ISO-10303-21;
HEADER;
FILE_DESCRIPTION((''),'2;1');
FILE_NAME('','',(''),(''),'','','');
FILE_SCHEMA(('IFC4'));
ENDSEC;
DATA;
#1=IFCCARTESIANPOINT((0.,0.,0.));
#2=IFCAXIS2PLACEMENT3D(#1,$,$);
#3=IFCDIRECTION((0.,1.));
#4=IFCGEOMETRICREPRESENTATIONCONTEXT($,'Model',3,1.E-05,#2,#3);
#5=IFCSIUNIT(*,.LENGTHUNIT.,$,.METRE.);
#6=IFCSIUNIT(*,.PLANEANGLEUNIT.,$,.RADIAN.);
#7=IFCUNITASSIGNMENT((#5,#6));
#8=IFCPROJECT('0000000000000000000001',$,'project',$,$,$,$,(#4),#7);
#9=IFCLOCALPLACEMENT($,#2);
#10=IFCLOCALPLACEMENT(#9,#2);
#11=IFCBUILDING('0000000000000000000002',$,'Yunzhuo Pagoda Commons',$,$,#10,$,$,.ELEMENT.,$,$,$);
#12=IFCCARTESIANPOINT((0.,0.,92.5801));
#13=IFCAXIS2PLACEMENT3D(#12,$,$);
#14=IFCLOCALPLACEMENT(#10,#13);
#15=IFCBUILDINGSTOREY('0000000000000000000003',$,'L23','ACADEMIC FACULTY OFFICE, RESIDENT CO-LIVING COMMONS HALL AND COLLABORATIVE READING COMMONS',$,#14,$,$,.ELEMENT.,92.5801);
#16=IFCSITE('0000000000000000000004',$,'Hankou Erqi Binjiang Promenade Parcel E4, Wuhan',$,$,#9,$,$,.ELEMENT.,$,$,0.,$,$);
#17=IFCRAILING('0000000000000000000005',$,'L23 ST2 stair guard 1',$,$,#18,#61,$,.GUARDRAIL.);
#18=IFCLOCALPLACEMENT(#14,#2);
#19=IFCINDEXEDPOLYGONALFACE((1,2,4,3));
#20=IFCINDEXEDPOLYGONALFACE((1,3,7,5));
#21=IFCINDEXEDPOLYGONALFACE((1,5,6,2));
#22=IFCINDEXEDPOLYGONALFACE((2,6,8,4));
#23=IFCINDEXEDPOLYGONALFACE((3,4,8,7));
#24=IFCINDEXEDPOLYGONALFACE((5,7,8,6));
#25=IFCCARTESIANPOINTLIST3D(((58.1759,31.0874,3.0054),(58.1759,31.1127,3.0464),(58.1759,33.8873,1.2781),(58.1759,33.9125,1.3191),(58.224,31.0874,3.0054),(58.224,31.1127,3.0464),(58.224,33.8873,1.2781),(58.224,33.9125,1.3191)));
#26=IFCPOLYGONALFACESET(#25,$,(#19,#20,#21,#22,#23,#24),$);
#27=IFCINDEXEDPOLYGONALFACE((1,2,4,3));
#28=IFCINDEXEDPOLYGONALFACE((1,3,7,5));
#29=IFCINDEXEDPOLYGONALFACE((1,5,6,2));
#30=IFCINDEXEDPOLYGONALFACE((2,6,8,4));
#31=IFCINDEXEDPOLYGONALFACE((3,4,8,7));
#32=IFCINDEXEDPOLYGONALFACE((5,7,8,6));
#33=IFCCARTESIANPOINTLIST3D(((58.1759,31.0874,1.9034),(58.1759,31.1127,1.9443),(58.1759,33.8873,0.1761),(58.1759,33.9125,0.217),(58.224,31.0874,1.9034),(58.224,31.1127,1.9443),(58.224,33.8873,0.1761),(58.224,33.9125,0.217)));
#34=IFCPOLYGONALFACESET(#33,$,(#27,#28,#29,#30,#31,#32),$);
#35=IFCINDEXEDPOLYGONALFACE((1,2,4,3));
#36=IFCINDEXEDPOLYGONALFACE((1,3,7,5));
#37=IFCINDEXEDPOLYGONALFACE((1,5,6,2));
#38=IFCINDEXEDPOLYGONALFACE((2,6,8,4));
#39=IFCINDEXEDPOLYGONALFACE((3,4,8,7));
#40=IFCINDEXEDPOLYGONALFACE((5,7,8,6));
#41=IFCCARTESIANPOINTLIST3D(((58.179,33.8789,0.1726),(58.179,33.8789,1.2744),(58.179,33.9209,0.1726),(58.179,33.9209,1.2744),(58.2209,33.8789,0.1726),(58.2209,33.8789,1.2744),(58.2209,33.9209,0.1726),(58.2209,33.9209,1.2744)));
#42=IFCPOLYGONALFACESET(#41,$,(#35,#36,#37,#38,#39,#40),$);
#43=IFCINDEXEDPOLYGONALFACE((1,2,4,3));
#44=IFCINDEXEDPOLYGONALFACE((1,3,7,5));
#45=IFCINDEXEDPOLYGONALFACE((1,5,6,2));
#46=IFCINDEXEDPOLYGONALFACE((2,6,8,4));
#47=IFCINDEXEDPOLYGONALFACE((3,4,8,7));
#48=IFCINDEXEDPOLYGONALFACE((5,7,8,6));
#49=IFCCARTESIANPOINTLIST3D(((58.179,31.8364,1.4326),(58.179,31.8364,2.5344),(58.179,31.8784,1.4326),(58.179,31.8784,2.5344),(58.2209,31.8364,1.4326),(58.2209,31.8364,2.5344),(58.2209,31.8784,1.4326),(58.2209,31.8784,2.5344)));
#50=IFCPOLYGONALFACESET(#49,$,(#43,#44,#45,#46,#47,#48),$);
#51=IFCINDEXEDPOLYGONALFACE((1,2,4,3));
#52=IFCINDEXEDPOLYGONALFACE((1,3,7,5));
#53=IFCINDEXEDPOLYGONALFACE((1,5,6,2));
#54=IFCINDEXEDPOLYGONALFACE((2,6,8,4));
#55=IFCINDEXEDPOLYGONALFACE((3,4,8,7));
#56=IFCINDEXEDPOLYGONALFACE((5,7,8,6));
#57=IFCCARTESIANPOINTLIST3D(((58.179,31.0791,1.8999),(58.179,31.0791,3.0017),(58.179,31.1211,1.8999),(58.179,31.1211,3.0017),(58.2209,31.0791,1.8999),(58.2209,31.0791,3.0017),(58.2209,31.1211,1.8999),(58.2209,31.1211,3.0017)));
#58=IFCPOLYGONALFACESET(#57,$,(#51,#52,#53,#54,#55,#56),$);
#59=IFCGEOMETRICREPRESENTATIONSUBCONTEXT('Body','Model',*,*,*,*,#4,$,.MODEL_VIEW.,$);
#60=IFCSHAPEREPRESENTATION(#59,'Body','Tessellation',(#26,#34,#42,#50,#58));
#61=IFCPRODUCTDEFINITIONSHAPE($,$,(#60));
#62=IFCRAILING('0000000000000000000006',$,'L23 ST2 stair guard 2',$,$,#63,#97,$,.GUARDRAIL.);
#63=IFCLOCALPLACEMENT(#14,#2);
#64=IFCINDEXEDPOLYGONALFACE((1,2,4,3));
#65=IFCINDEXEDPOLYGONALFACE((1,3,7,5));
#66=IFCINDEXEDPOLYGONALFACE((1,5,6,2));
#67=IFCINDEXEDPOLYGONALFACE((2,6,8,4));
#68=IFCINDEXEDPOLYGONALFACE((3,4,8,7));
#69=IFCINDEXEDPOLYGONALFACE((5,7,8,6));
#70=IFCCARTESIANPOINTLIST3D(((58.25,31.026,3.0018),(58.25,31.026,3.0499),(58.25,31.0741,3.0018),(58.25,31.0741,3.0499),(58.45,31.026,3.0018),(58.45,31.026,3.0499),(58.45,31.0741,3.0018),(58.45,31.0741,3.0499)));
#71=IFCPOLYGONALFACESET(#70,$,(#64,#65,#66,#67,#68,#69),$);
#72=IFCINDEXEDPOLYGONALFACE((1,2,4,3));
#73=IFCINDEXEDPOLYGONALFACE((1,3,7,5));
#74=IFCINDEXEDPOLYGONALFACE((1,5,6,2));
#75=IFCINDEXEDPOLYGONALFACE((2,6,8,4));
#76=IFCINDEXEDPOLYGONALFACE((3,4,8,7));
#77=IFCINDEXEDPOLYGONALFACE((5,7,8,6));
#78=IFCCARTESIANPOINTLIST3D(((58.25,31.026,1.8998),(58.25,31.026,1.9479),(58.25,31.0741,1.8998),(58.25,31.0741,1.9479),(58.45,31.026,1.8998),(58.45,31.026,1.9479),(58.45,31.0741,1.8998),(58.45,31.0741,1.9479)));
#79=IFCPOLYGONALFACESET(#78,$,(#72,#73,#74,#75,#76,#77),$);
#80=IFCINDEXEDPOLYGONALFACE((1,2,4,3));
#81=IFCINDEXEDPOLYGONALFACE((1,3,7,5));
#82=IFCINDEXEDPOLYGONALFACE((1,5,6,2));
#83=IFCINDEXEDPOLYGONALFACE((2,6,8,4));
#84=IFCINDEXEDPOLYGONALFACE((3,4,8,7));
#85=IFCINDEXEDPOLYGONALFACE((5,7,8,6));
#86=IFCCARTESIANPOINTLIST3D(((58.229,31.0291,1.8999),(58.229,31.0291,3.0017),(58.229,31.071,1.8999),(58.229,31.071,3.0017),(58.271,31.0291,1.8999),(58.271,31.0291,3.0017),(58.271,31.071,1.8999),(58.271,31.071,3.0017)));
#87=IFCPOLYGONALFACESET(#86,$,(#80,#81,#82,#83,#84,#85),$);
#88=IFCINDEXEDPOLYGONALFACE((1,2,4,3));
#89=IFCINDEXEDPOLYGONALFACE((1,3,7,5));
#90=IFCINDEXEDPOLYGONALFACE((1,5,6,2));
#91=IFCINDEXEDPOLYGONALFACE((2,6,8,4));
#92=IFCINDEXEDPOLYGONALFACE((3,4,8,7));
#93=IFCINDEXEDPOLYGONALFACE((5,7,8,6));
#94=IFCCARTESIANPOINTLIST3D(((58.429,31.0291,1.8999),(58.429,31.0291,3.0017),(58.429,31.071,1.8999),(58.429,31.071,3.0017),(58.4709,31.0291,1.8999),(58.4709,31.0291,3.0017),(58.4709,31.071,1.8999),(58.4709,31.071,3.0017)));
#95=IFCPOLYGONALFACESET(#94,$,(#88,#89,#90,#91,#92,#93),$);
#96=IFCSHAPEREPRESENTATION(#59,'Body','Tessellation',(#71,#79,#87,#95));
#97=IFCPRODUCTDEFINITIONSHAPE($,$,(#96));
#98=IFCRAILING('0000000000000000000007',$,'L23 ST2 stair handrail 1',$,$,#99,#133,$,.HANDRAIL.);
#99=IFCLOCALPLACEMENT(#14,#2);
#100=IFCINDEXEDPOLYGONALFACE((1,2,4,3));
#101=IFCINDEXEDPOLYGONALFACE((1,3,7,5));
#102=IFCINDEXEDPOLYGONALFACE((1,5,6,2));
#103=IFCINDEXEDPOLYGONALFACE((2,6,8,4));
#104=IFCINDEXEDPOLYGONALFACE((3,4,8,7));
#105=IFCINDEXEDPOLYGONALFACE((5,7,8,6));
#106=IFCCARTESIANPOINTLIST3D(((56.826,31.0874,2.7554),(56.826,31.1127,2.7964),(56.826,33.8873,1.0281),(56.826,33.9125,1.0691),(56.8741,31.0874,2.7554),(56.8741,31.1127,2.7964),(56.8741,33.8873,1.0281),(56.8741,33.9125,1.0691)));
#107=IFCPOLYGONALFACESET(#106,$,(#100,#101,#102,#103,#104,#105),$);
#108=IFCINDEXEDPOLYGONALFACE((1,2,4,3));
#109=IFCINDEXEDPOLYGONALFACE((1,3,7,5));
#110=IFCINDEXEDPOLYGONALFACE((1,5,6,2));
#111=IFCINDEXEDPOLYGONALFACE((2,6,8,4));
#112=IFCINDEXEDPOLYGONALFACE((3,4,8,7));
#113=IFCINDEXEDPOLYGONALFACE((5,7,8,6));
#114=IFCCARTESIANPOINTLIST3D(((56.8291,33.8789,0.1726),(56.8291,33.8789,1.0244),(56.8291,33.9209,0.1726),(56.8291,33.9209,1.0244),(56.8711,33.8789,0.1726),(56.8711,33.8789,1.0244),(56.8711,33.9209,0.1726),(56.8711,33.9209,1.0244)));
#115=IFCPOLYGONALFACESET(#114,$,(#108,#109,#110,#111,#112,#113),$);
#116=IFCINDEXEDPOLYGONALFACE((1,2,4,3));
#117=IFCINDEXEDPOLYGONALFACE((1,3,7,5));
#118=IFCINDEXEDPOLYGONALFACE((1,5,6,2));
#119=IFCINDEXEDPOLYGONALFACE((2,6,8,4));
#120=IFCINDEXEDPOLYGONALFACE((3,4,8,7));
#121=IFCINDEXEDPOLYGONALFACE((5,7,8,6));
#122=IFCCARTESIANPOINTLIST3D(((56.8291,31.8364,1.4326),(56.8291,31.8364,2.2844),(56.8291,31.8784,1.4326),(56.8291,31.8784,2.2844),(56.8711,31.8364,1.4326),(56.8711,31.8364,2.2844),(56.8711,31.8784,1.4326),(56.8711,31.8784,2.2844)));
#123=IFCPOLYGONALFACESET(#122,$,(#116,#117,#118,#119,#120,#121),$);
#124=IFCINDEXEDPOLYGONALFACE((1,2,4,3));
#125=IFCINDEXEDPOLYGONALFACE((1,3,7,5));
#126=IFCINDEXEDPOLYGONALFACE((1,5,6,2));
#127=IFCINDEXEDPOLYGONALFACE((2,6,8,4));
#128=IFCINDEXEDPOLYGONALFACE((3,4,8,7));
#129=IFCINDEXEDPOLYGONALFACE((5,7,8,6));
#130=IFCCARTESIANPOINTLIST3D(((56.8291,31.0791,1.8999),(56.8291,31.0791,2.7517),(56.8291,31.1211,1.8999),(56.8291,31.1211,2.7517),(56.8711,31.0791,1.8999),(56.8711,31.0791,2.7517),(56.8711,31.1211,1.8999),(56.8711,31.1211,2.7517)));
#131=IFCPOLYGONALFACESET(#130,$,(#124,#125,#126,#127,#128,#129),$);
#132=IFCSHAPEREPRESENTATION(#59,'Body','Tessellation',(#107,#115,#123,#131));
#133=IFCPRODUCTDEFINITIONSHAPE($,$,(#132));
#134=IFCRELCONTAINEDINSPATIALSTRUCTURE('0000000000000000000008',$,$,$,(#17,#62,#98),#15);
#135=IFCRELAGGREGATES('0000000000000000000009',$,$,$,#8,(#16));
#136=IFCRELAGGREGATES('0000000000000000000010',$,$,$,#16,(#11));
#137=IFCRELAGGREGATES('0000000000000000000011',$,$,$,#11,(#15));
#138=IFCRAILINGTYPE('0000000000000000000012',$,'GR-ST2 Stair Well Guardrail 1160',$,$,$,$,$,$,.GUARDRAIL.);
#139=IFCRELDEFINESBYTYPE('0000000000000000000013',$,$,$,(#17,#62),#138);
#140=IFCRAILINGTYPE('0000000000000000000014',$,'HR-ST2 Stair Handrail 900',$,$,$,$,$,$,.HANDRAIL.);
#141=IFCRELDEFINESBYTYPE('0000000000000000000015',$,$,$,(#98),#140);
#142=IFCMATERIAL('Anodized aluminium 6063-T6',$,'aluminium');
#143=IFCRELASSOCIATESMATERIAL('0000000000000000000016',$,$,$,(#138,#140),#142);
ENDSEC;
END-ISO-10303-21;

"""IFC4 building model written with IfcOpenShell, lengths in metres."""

from ifc_helpers import new_model, si_unit, direction, frame, origin, origin_2d, place, context, subcontext, project, spatial, rectangle, extrude, material, type_object, element, save


model = new_model("IFC4")

# Units and contexts
model_context = context("Model", 3, precision=1e-05, world=origin(), true_north=direction((0.0, 1.0)))
body_context = subcontext(model_context, "Body", "Model", "MODEL_VIEW")
ifc_project = project(units=[si_unit("LENGTHUNIT", "METRE"), si_unit("PLANEANGLEUNIT", "RADIAN")], contexts=[model_context])

# Site, building, storey
site_placement = place(None, origin())
site = spatial("IfcSite", under=ifc_project, at=site_placement, Name="Hankou Erqi Binjiang Promenade Parcel E4, Wuhan", CompositionType="ELEMENT", RefElevation=0.0)
building_placement = place(site_placement, origin())
building = spatial("IfcBuilding", under=site, at=building_placement, Name="Yunzhuo Pagoda Commons", CompositionType="ELEMENT")
storey_placement = place(building_placement, frame((0.0, 0.0, 92.5801)))
storey = spatial("IfcBuildingStorey", under=building, at=storey_placement, Name="L23", Description="ACADEMIC FACULTY OFFICE, RESIDENT CO-LIVING COMMONS HALL AND COLLABORATIVE READING COMMONS", CompositionType="ELEMENT", Elevation=92.5801)

# Railings
ifc_material_1 = material(Name="Anodized aluminium 6063-T6", Category="aluminium")
railing_type_1 = type_object("IfcRailingType", Name="GR-ST2 Stair Well Guardrail 1160", PredefinedType="GUARDRAIL", material=ifc_material_1)
railing_1_placement = place(storey_placement, frame((58.2, 33.8999, 0.1726)))
element("IfcRailing", 1, at=railing_1_placement, inside=storey, type_object=railing_type_1, Name="L23 ST2 stair guard 1", PredefinedType="GUARDRAIL", context=body_context, shape_type="SweptSolid", body=[
    extrude(rectangle(XDim=0.0481, YDim=0.0481, at=origin_2d()), frame((0.0, 0.0, 1.126), z_axis=(0.0, -0.851069, 0.525054), x_axis=(1.0, 0.0, 0.0)), (0.0, 0.0, 1.0), 3.2898),
    extrude(rectangle(XDim=0.0481, YDim=0.0481, at=origin_2d()), frame((0.0, 0.0, 0.0239), z_axis=(0.0, -0.851069, 0.525054), x_axis=(1.0, 0.0, 0.0)), (0.0, 0.0, 1.0), 3.2898),
    extrude(rectangle(XDim=0.042, YDim=0.042, at=origin_2d()), origin(), (0.0, 0.0, 1.0), 1.1018),
    extrude(rectangle(XDim=0.042, YDim=0.042, at=origin_2d()), frame((0.0, -2.0425, 1.26)), (0.0, 0.0, 1.0), 1.1018),
    extrude(rectangle(XDim=0.042, YDim=0.042, at=origin_2d()), frame((0.0, -2.7998, 1.7273)), (0.0, 0.0, 1.0), 1.1018),
])
railing_2_placement = place(storey_placement, frame((58.25, 31.05, 1.8999)))
element("IfcRailing", 2, at=railing_2_placement, inside=storey, type_object=railing_type_1, Name="L23 ST2 stair guard 2", PredefinedType="GUARDRAIL", context=body_context, shape_type="SweptSolid", body=[
    extrude(rectangle(XDim=0.0481, YDim=0.0481, at=origin_2d()), frame((0.0, 0.0, 1.126), z_axis=(1.0, 0.0, 0.0), x_axis=(0.0, 1.0, 0.0)), (0.0, 0.0, 1.0), 0.2),
    extrude(rectangle(XDim=0.0481, YDim=0.0481, at=origin_2d()), frame((0.0, 0.0, 0.0239), z_axis=(1.0, 0.0, 0.0), x_axis=(0.0, 1.0, 0.0)), (0.0, 0.0, 1.0), 0.2),
    extrude(rectangle(XDim=0.042, YDim=0.042, at=origin_2d()), origin(), (0.0, 0.0, 1.0), 1.1018),
    extrude(rectangle(XDim=0.042, YDim=0.042, at=origin_2d()), frame((0.2, 0.0, 0.0)), (0.0, 0.0, 1.0), 1.1018),
])
railing_type_2 = type_object("IfcRailingType", Name="HR-ST2 Stair Handrail 900", PredefinedType="HANDRAIL", material=ifc_material_1)
railing_3_placement = place(storey_placement, frame((56.8501, 33.8999, 0.1726)))
element("IfcRailing", 3, at=railing_3_placement, inside=storey, type_object=railing_type_2, Name="L23 ST2 stair handrail 1", PredefinedType="HANDRAIL", context=body_context, shape_type="SweptSolid", body=[
    extrude(rectangle(XDim=0.0481, YDim=0.0481, at=origin_2d()), frame((0.0, 0.0, 0.876), z_axis=(0.0, -0.851069, 0.525054), x_axis=(1.0, 0.0, 0.0)), (0.0, 0.0, 1.0), 3.2898),
    extrude(rectangle(XDim=0.042, YDim=0.042, at=origin_2d()), origin(), (0.0, 0.0, 1.0), 0.8518),
    extrude(rectangle(XDim=0.042, YDim=0.042, at=origin_2d()), frame((0.0, -2.0425, 1.26)), (0.0, 0.0, 1.0), 0.8518),
    extrude(rectangle(XDim=0.042, YDim=0.042, at=origin_2d()), frame((0.0, -2.7998, 1.7273)), (0.0, 0.0, 1.0), 0.8518),
])

save(model, "model.ifc")
